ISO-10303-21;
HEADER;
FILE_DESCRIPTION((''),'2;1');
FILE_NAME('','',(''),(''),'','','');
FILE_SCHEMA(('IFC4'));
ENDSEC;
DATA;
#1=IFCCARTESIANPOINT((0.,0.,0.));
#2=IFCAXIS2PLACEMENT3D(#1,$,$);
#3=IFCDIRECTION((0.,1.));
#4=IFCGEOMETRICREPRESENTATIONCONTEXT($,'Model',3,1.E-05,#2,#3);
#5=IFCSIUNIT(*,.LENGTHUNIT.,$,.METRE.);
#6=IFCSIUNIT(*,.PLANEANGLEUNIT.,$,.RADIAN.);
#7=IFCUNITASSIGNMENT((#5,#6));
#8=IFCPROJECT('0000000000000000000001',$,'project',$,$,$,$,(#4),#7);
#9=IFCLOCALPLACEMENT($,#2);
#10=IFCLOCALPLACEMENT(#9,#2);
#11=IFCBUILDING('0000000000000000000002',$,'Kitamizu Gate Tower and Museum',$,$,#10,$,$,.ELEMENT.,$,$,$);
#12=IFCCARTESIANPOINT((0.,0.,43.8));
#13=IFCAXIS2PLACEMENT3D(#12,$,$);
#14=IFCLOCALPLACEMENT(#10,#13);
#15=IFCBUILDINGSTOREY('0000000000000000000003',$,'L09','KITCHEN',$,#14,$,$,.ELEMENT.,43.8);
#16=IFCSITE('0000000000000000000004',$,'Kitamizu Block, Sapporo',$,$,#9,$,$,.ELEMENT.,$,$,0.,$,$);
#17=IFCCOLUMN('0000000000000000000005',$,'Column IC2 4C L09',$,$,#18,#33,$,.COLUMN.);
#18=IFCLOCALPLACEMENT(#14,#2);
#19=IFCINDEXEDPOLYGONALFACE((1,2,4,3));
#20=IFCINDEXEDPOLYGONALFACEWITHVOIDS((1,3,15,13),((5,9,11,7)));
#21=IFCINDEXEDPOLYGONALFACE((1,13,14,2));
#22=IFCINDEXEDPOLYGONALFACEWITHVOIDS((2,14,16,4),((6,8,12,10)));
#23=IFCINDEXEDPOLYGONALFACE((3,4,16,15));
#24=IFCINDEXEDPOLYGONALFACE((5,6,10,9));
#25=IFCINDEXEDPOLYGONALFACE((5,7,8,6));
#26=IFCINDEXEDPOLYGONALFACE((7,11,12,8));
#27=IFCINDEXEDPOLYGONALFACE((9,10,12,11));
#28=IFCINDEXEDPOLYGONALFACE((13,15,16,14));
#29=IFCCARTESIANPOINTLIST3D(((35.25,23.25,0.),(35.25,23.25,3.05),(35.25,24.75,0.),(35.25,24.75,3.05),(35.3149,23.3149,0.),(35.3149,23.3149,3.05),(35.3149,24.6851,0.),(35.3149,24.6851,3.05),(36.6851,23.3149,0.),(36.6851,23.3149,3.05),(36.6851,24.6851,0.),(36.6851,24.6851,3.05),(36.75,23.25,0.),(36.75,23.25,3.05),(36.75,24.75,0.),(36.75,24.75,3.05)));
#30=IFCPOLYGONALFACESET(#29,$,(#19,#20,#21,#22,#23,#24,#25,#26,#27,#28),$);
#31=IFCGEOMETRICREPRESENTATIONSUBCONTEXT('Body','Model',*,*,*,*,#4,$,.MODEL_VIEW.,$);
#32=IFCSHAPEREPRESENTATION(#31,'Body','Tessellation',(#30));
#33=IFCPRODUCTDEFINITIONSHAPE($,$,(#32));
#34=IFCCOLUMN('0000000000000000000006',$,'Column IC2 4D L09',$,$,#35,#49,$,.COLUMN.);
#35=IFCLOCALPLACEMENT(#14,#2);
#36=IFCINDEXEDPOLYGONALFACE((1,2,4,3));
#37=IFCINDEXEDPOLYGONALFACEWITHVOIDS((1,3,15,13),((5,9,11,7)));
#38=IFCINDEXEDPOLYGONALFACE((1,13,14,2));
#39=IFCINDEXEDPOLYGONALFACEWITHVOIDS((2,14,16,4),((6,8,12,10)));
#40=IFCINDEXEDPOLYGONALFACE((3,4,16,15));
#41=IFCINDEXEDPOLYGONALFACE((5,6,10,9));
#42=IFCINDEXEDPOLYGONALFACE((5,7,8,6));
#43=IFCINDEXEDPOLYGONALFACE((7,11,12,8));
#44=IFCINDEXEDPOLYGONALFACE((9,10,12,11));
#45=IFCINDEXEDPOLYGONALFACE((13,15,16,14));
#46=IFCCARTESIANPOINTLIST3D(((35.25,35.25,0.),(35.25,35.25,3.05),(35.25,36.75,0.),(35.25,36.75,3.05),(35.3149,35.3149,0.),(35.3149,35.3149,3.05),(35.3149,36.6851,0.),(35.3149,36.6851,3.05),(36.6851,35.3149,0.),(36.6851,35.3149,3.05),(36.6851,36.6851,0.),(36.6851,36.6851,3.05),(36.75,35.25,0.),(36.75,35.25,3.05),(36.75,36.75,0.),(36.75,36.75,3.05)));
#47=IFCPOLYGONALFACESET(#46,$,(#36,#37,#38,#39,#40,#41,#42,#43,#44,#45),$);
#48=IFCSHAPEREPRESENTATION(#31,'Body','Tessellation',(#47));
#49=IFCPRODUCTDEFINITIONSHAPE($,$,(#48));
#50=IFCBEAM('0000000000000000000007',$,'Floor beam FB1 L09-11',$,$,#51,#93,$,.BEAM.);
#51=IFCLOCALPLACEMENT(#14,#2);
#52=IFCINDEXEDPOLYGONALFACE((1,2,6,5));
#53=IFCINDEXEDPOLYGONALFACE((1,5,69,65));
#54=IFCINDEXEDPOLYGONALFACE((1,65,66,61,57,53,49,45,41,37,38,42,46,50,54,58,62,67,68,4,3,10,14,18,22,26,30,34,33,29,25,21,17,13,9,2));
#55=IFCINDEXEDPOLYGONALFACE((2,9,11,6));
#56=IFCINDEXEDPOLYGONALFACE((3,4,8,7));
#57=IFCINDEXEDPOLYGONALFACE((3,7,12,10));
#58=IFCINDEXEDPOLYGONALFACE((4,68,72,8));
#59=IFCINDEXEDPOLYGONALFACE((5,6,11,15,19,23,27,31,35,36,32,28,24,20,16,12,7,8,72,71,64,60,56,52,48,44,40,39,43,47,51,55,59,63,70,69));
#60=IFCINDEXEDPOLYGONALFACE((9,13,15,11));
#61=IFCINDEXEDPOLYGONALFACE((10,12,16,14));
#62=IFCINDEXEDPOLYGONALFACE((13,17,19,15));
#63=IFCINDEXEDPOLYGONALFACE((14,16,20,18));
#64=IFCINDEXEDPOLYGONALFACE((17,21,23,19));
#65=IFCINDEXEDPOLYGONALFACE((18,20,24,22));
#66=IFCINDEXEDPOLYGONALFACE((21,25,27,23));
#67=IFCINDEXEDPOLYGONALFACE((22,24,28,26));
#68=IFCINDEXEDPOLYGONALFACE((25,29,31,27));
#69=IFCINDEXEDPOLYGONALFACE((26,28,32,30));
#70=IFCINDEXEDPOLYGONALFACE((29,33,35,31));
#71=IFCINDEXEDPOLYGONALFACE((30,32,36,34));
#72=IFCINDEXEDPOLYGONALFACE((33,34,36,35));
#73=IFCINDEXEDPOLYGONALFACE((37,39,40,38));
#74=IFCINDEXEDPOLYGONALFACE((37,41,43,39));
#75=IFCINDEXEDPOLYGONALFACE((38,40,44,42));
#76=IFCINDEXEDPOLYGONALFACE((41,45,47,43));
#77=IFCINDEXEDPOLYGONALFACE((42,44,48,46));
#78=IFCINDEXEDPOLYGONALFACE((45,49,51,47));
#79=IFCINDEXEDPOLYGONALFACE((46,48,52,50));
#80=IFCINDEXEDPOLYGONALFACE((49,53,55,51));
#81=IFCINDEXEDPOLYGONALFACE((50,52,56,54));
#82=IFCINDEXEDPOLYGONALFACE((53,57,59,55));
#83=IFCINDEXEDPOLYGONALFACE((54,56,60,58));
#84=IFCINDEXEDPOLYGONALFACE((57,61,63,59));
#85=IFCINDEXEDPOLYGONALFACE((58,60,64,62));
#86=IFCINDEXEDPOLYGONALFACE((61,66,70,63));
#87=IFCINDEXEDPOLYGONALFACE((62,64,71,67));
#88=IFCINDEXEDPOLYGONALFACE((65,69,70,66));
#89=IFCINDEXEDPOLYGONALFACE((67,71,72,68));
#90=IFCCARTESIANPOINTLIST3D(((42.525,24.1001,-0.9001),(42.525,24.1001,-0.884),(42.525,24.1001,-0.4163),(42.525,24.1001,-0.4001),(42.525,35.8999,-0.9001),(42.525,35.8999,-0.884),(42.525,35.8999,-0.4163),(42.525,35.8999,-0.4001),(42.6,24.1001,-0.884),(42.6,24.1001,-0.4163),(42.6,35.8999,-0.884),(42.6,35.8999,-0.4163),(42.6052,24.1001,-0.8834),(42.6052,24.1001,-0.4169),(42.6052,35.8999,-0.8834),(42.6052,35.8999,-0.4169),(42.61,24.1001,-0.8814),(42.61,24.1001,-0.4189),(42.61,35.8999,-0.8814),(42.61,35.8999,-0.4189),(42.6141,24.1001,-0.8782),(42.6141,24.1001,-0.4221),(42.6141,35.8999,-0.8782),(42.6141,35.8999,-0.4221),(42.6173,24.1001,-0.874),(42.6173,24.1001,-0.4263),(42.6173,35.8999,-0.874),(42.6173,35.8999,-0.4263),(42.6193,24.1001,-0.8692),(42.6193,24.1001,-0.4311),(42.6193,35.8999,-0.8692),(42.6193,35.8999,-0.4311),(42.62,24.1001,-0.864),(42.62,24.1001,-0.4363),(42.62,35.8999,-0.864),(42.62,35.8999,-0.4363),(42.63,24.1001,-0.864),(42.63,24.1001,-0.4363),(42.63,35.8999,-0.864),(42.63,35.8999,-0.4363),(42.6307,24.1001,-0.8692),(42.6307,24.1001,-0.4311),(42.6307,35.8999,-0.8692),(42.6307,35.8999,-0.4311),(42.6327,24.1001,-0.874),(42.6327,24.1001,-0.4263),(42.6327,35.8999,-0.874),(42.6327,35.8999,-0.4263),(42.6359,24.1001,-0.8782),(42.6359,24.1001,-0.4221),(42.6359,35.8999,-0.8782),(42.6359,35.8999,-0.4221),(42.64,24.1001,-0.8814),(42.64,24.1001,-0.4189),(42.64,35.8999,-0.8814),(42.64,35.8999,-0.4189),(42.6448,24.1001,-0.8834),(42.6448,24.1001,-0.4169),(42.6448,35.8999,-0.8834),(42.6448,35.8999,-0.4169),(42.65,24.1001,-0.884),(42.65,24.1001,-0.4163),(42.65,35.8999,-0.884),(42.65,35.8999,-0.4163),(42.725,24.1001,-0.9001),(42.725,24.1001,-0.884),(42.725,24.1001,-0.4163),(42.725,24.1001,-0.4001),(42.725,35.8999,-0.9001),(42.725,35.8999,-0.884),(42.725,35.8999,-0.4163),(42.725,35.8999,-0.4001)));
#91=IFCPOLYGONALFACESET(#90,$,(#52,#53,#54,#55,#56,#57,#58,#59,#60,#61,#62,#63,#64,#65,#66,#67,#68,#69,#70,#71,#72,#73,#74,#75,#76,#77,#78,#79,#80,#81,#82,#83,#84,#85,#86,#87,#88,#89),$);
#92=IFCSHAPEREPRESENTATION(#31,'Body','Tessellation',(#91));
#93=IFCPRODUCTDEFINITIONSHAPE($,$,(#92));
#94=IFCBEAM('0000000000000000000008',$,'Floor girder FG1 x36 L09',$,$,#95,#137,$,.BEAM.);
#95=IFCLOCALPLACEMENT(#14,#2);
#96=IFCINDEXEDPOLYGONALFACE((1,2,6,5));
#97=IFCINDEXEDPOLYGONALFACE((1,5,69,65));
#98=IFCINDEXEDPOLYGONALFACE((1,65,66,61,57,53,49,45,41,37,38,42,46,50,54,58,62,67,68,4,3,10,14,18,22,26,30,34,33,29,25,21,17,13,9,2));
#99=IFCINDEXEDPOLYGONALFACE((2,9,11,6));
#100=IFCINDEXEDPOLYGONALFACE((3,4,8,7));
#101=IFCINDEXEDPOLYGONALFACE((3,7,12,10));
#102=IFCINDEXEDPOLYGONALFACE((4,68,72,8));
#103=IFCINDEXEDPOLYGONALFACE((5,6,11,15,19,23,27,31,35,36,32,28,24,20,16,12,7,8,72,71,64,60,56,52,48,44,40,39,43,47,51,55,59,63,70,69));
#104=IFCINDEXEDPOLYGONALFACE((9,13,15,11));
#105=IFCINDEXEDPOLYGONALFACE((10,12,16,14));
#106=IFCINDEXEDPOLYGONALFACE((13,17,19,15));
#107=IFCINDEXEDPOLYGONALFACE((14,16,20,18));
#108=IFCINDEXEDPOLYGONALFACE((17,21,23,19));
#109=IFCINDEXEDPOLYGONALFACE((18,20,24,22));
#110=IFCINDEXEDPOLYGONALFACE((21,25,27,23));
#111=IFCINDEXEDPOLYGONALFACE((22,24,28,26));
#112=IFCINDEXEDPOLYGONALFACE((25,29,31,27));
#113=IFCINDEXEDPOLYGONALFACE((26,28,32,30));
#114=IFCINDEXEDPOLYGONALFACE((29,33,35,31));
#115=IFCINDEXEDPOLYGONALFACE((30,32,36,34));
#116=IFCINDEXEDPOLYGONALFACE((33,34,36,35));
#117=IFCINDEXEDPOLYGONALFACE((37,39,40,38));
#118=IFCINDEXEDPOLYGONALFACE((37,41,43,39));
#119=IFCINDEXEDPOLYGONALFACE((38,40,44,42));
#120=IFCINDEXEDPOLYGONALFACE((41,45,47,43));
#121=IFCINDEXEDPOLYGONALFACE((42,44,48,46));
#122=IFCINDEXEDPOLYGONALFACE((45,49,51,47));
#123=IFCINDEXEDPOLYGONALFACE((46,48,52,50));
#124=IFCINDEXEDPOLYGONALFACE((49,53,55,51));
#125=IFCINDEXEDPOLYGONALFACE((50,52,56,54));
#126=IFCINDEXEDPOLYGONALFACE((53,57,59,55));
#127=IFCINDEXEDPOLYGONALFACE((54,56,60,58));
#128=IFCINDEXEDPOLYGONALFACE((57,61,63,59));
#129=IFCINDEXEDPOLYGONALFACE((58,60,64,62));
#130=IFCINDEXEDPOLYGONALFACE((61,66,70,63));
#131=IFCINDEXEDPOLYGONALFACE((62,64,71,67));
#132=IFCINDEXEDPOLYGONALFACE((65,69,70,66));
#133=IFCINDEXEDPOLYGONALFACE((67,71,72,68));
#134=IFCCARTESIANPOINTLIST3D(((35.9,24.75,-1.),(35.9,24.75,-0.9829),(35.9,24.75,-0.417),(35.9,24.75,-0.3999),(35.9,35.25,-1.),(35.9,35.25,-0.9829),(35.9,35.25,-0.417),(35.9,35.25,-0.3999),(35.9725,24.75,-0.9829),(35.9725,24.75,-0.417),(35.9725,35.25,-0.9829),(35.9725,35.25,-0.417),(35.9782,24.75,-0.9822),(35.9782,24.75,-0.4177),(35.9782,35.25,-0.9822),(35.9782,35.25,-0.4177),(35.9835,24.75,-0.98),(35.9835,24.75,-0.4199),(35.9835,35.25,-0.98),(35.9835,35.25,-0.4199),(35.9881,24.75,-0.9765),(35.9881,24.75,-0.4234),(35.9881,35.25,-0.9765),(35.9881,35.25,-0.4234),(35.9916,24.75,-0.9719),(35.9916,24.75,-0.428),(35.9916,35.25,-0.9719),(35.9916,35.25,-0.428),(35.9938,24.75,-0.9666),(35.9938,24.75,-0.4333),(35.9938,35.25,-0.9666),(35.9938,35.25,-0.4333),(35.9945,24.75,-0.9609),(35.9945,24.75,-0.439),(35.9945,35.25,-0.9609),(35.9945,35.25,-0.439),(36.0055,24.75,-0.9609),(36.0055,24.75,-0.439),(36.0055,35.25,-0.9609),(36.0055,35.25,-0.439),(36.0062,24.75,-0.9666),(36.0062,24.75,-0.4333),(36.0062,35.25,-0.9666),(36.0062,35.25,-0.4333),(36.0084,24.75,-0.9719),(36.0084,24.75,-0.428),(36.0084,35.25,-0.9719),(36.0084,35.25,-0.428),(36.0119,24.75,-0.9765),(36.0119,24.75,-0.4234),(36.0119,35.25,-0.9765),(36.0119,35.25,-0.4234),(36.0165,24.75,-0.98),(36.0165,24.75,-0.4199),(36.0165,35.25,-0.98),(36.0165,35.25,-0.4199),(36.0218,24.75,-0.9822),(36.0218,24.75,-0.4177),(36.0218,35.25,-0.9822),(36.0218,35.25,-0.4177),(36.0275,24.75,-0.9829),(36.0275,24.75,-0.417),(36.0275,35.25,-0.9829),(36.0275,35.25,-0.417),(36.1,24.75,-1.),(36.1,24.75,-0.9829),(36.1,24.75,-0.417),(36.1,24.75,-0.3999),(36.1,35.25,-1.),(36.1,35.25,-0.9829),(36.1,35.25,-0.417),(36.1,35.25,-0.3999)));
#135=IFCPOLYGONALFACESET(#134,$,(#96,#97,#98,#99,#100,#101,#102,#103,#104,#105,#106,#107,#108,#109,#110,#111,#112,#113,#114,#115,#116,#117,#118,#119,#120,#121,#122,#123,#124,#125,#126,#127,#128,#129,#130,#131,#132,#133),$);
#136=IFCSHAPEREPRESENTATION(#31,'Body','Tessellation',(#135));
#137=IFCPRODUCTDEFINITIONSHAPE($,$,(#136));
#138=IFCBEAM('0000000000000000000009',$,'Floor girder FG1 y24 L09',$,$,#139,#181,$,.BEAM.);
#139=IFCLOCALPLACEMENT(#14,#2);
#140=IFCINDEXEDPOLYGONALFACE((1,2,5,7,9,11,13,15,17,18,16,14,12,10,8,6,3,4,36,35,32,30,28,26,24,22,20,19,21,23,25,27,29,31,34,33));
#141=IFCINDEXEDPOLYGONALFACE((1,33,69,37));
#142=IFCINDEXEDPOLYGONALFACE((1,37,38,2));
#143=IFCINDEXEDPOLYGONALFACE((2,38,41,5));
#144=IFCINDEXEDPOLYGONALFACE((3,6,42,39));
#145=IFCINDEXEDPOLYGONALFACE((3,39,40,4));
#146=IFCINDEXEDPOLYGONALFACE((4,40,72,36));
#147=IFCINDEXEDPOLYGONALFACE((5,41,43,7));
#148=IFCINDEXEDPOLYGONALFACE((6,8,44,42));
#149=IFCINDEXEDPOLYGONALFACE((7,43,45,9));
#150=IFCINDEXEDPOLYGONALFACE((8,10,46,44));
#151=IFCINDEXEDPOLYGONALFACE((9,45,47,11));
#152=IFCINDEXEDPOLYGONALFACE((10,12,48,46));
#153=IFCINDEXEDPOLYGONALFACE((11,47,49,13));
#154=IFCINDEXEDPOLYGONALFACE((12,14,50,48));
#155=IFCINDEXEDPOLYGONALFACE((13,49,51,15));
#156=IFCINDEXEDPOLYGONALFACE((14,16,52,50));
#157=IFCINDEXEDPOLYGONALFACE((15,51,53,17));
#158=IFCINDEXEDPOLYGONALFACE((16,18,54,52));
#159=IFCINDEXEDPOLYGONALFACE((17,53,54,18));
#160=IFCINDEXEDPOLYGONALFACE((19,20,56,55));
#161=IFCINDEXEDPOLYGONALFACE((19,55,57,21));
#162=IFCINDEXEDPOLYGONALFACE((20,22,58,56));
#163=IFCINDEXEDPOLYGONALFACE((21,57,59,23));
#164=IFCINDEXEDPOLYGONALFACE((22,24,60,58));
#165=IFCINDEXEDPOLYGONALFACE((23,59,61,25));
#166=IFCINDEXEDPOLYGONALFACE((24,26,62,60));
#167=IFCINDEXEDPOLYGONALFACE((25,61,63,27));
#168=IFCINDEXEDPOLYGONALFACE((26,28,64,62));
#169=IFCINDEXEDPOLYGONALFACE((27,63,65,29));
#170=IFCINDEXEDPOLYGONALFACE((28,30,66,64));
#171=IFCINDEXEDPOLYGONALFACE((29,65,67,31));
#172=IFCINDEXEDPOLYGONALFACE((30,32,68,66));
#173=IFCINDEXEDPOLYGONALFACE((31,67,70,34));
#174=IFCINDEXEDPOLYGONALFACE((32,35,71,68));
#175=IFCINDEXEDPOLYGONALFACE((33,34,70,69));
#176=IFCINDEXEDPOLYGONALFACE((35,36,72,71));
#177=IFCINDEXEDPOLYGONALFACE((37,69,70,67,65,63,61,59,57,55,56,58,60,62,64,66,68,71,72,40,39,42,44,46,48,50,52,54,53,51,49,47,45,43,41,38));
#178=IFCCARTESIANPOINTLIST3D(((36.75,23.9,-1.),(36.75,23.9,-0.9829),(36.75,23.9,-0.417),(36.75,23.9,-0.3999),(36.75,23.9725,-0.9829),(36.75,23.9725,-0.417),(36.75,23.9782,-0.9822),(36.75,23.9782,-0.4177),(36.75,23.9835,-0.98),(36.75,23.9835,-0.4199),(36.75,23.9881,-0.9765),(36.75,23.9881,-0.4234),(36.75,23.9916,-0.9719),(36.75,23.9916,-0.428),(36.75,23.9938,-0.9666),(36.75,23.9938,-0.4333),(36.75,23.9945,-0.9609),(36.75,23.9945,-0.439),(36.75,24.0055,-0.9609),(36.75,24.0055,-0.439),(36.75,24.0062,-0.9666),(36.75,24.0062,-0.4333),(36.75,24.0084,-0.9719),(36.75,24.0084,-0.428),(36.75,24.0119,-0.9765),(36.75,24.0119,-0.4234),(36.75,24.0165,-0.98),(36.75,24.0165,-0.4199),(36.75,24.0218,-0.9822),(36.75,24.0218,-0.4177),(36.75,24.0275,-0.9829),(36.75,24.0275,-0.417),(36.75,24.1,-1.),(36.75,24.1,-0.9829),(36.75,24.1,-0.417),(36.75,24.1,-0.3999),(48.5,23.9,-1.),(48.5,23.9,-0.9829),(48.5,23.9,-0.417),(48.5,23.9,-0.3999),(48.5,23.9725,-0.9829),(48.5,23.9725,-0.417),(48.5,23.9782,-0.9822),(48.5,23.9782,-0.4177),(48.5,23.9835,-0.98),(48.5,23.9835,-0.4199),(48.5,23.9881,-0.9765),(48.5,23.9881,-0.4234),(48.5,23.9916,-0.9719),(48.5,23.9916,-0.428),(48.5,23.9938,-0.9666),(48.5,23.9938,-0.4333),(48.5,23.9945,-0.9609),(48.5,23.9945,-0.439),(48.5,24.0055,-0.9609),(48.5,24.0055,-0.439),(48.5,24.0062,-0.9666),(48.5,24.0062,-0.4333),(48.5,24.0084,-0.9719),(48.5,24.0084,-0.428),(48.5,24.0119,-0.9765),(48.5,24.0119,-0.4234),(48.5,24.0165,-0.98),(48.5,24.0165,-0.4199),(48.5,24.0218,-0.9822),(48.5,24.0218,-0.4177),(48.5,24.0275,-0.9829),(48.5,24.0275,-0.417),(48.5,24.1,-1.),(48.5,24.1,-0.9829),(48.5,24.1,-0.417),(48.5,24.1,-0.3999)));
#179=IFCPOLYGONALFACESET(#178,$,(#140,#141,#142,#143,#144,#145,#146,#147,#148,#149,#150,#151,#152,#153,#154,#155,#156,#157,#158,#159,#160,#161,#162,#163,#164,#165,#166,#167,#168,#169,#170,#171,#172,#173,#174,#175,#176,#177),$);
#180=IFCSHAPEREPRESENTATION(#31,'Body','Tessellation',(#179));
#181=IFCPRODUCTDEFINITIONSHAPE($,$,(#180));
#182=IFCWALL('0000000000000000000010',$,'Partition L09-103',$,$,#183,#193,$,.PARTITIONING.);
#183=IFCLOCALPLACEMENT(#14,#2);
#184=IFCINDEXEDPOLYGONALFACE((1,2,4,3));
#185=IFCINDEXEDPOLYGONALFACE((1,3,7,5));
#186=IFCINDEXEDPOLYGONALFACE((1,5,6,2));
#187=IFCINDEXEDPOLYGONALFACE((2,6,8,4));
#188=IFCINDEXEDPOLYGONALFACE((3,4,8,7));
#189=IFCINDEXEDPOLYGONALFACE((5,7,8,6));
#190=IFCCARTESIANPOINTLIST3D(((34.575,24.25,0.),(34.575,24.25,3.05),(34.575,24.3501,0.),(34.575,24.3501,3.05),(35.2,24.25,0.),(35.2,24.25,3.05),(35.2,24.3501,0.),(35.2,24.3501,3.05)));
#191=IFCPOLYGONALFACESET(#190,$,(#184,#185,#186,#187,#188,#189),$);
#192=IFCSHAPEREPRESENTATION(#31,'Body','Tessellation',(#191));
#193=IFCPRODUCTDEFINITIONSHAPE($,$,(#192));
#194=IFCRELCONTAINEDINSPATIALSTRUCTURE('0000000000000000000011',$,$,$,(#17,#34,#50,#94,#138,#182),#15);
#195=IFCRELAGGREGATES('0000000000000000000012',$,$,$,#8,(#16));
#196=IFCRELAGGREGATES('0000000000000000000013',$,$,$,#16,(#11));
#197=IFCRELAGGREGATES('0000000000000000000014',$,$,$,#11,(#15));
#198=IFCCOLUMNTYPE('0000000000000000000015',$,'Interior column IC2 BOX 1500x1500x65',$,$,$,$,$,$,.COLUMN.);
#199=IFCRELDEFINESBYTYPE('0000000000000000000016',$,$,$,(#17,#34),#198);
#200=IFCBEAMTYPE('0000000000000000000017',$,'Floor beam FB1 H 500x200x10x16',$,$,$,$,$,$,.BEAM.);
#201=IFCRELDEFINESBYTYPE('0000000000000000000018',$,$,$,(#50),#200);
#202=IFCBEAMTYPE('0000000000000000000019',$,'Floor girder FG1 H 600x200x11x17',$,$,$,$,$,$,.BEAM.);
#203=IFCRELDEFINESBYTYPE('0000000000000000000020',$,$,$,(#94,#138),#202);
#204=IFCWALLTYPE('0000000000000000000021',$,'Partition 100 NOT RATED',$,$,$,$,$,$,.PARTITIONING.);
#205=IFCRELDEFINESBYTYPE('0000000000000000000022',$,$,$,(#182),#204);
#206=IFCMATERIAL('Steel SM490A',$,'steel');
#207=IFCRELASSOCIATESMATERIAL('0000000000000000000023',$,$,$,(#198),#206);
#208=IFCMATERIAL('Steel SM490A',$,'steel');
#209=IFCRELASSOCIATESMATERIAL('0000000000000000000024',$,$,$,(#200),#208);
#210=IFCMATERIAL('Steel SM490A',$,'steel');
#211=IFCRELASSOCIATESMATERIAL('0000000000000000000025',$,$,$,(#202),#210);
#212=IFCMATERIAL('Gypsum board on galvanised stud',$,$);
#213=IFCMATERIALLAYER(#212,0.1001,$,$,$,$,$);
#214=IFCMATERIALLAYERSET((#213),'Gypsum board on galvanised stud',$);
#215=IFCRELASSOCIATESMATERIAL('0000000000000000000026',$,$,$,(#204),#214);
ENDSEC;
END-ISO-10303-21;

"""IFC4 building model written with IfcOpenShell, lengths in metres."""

from ifc_helpers import new_model, si_unit, direction, frame, frame_2d, origin, origin_2d, place, context, subcontext, project, spatial, rectangle, hollow_rectangle, i_section, extrude, material, layer, layer_set, material_profile, profile_set, type_object, element, save


model = new_model("IFC4")

# Units and contexts
model_context = context("Model", 3, precision=1e-05, world=origin(), true_north=direction((0.0, 1.0)))
body_context = subcontext(model_context, "Body", "Model", "MODEL_VIEW")
ifc_project = project(units=[si_unit("LENGTHUNIT", "METRE"), si_unit("PLANEANGLEUNIT", "RADIAN")], contexts=[model_context])

# Site, building, storey
site_placement = place(None, origin())
site = spatial("IfcSite", under=ifc_project, at=site_placement, Name="Kitamizu Block, Sapporo", CompositionType="ELEMENT", RefElevation=0.0)
building_placement = place(site_placement, origin())
building = spatial("IfcBuilding", under=site, at=building_placement, Name="Kitamizu Gate Tower and Museum", CompositionType="ELEMENT")
storey_placement = place(building_placement, frame((0.0, 0.0, 43.8)))
storey = spatial("IfcBuildingStorey", under=building, at=storey_placement, Name="L09", Description="KITCHEN", CompositionType="ELEMENT", Elevation=43.8)

# Columns
ifc_material_1 = material(Name="Steel SM490A", Category="steel")
ifc_material_profile_1 = material_profile(ifc_material_1, hollow_rectangle(XDim=1.5, YDim=1.5, WallThickness=0.0649, at=origin_2d()), Name="BOX 1500x1500x65")
ifc_profile_set_1 = profile_set([ifc_material_profile_1], Name="Steel SM490A")
column_type = type_object("IfcColumnType", Name="Interior column IC2 BOX 1500x1500x65", PredefinedType="COLUMN", material=ifc_profile_set_1)
for number, where, z_axis, x_axis, name in (
    (1, (36.0, 24.0, 0.0), (0.0, 0.0, 1.0), (1.0, 0.0, 0.0), "Column IC2 4C L09"),
    (2, (36.0, 36.0, 0.0), (0.0, 0.0, 1.0), (1.0, 0.0, 0.0), "Column IC2 4D L09"),
):
    element("IfcColumn", number, at=place(storey_placement, frame(where, z_axis=z_axis, x_axis=x_axis)), inside=storey, type_object=column_type, Name=name, PredefinedType="COLUMN", context=body_context, shape_type="SweptSolid", body=[
        extrude(hollow_rectangle(XDim=1.5, YDim=1.5, WallThickness=0.0649, at=origin_2d()), origin(), (0.0, 0.0, 1.0), 3.05),
    ])

# Beams
ifc_material_2 = material(Name="Steel SM490A", Category="steel")
ifc_material_profile_2 = material_profile(ifc_material_2, i_section(OverallWidth=0.2, OverallDepth=0.5, WebThickness=0.01, FlangeThickness=0.0161, FilletRadius=0.02, at=origin_2d()), Name="H-500x200x10x16")
ifc_profile_set_2 = profile_set([ifc_material_profile_2], Name="Steel SM490A")
beam_type_1 = type_object("IfcBeamType", Name="Floor beam FB1 H 500x200x10x16", PredefinedType="BEAM", material=ifc_profile_set_2)
beam_1_placement = place(storey_placement, frame((42.625, 24.1001, -0.6501), z_axis=(0.0, 1.0, 0.0), x_axis=(-1.0, 0.0, 0.0)))
element("IfcBeam", 3, at=beam_1_placement, inside=storey, type_object=beam_type_1, Name="Floor beam FB1 L09-11", PredefinedType="BEAM", context=body_context, shape_type="SweptSolid", body=[
    extrude(i_section(OverallWidth=0.2, OverallDepth=0.5, WebThickness=0.01, FlangeThickness=0.0161, FilletRadius=0.02, at=origin_2d()), origin(), (0.0, 0.0, 1.0), 11.7998),
])
ifc_material_3 = material(Name="Steel SM490A", Category="steel")
ifc_material_profile_3 = material_profile(ifc_material_3, i_section(OverallWidth=0.2, OverallDepth=0.6001, WebThickness=0.011, FlangeThickness=0.0171, FilletRadius=0.022, at=origin_2d()), Name="H-600x200x11x17")
ifc_profile_set_3 = profile_set([ifc_material_profile_3], Name="Steel SM490A")
beam_type_2 = type_object("IfcBeamType", Name="Floor girder FG1 H 600x200x11x17", PredefinedType="BEAM", material=ifc_profile_set_3)
beam_2_placement = place(storey_placement, frame((36.0, 24.75, -0.7), z_axis=(0.0, 1.0, 0.0), x_axis=(-1.0, 0.0, 0.0)))
element("IfcBeam", 4, at=beam_2_placement, inside=storey, type_object=beam_type_2, Name="Floor girder FG1 x36 L09", PredefinedType="BEAM", context=body_context, shape_type="SweptSolid", body=[
    extrude(i_section(OverallWidth=0.2, OverallDepth=0.6001, WebThickness=0.011, FlangeThickness=0.0171, FilletRadius=0.022, at=origin_2d()), origin(), (0.0, 0.0, 1.0), 10.5),
])
beam_3_placement = place(storey_placement, frame((36.75, 24.0, -0.7), z_axis=(1.0, 0.0, 0.0), x_axis=(0.0, 1.0, 0.0)))
element("IfcBeam", 5, at=beam_3_placement, inside=storey, type_object=beam_type_2, Name="Floor girder FG1 y24 L09", PredefinedType="BEAM", context=body_context, shape_type="SweptSolid", body=[
    extrude(i_section(OverallWidth=0.2, OverallDepth=0.6001, WebThickness=0.011, FlangeThickness=0.0171, FilletRadius=0.022, at=origin_2d()), origin(), (0.0, 0.0, 1.0), 11.75),
])

# Wall
ifc_material_4 = material(Name="Gypsum board on galvanised stud")
ifc_layer_1 = layer(ifc_material_4, 0.1001)
ifc_layer_set_1 = layer_set([ifc_layer_1], Name="Gypsum board on galvanised stud")
wall_type_1 = type_object("IfcWallType", Name="Partition 100 NOT RATED", PredefinedType="PARTITIONING", material=ifc_layer_set_1)
wall_1_placement = place(storey_placement, frame((35.2, 24.3, 0.0), z_axis=(0.0, 0.0, 1.0), x_axis=(-1.0, 0.0, 0.0)))
element("IfcWall", 6, at=wall_1_placement, inside=storey, type_object=wall_type_1, Name="Partition L09-103", PredefinedType="PARTITIONING", context=body_context, shape_type="SweptSolid", body=[
    extrude(rectangle(XDim=0.625, YDim=0.1001, at=frame_2d((0.3125, 0.0))), origin(), (0.0, 0.0, 1.0), 3.05),
])

save(model, "model.ifc")
